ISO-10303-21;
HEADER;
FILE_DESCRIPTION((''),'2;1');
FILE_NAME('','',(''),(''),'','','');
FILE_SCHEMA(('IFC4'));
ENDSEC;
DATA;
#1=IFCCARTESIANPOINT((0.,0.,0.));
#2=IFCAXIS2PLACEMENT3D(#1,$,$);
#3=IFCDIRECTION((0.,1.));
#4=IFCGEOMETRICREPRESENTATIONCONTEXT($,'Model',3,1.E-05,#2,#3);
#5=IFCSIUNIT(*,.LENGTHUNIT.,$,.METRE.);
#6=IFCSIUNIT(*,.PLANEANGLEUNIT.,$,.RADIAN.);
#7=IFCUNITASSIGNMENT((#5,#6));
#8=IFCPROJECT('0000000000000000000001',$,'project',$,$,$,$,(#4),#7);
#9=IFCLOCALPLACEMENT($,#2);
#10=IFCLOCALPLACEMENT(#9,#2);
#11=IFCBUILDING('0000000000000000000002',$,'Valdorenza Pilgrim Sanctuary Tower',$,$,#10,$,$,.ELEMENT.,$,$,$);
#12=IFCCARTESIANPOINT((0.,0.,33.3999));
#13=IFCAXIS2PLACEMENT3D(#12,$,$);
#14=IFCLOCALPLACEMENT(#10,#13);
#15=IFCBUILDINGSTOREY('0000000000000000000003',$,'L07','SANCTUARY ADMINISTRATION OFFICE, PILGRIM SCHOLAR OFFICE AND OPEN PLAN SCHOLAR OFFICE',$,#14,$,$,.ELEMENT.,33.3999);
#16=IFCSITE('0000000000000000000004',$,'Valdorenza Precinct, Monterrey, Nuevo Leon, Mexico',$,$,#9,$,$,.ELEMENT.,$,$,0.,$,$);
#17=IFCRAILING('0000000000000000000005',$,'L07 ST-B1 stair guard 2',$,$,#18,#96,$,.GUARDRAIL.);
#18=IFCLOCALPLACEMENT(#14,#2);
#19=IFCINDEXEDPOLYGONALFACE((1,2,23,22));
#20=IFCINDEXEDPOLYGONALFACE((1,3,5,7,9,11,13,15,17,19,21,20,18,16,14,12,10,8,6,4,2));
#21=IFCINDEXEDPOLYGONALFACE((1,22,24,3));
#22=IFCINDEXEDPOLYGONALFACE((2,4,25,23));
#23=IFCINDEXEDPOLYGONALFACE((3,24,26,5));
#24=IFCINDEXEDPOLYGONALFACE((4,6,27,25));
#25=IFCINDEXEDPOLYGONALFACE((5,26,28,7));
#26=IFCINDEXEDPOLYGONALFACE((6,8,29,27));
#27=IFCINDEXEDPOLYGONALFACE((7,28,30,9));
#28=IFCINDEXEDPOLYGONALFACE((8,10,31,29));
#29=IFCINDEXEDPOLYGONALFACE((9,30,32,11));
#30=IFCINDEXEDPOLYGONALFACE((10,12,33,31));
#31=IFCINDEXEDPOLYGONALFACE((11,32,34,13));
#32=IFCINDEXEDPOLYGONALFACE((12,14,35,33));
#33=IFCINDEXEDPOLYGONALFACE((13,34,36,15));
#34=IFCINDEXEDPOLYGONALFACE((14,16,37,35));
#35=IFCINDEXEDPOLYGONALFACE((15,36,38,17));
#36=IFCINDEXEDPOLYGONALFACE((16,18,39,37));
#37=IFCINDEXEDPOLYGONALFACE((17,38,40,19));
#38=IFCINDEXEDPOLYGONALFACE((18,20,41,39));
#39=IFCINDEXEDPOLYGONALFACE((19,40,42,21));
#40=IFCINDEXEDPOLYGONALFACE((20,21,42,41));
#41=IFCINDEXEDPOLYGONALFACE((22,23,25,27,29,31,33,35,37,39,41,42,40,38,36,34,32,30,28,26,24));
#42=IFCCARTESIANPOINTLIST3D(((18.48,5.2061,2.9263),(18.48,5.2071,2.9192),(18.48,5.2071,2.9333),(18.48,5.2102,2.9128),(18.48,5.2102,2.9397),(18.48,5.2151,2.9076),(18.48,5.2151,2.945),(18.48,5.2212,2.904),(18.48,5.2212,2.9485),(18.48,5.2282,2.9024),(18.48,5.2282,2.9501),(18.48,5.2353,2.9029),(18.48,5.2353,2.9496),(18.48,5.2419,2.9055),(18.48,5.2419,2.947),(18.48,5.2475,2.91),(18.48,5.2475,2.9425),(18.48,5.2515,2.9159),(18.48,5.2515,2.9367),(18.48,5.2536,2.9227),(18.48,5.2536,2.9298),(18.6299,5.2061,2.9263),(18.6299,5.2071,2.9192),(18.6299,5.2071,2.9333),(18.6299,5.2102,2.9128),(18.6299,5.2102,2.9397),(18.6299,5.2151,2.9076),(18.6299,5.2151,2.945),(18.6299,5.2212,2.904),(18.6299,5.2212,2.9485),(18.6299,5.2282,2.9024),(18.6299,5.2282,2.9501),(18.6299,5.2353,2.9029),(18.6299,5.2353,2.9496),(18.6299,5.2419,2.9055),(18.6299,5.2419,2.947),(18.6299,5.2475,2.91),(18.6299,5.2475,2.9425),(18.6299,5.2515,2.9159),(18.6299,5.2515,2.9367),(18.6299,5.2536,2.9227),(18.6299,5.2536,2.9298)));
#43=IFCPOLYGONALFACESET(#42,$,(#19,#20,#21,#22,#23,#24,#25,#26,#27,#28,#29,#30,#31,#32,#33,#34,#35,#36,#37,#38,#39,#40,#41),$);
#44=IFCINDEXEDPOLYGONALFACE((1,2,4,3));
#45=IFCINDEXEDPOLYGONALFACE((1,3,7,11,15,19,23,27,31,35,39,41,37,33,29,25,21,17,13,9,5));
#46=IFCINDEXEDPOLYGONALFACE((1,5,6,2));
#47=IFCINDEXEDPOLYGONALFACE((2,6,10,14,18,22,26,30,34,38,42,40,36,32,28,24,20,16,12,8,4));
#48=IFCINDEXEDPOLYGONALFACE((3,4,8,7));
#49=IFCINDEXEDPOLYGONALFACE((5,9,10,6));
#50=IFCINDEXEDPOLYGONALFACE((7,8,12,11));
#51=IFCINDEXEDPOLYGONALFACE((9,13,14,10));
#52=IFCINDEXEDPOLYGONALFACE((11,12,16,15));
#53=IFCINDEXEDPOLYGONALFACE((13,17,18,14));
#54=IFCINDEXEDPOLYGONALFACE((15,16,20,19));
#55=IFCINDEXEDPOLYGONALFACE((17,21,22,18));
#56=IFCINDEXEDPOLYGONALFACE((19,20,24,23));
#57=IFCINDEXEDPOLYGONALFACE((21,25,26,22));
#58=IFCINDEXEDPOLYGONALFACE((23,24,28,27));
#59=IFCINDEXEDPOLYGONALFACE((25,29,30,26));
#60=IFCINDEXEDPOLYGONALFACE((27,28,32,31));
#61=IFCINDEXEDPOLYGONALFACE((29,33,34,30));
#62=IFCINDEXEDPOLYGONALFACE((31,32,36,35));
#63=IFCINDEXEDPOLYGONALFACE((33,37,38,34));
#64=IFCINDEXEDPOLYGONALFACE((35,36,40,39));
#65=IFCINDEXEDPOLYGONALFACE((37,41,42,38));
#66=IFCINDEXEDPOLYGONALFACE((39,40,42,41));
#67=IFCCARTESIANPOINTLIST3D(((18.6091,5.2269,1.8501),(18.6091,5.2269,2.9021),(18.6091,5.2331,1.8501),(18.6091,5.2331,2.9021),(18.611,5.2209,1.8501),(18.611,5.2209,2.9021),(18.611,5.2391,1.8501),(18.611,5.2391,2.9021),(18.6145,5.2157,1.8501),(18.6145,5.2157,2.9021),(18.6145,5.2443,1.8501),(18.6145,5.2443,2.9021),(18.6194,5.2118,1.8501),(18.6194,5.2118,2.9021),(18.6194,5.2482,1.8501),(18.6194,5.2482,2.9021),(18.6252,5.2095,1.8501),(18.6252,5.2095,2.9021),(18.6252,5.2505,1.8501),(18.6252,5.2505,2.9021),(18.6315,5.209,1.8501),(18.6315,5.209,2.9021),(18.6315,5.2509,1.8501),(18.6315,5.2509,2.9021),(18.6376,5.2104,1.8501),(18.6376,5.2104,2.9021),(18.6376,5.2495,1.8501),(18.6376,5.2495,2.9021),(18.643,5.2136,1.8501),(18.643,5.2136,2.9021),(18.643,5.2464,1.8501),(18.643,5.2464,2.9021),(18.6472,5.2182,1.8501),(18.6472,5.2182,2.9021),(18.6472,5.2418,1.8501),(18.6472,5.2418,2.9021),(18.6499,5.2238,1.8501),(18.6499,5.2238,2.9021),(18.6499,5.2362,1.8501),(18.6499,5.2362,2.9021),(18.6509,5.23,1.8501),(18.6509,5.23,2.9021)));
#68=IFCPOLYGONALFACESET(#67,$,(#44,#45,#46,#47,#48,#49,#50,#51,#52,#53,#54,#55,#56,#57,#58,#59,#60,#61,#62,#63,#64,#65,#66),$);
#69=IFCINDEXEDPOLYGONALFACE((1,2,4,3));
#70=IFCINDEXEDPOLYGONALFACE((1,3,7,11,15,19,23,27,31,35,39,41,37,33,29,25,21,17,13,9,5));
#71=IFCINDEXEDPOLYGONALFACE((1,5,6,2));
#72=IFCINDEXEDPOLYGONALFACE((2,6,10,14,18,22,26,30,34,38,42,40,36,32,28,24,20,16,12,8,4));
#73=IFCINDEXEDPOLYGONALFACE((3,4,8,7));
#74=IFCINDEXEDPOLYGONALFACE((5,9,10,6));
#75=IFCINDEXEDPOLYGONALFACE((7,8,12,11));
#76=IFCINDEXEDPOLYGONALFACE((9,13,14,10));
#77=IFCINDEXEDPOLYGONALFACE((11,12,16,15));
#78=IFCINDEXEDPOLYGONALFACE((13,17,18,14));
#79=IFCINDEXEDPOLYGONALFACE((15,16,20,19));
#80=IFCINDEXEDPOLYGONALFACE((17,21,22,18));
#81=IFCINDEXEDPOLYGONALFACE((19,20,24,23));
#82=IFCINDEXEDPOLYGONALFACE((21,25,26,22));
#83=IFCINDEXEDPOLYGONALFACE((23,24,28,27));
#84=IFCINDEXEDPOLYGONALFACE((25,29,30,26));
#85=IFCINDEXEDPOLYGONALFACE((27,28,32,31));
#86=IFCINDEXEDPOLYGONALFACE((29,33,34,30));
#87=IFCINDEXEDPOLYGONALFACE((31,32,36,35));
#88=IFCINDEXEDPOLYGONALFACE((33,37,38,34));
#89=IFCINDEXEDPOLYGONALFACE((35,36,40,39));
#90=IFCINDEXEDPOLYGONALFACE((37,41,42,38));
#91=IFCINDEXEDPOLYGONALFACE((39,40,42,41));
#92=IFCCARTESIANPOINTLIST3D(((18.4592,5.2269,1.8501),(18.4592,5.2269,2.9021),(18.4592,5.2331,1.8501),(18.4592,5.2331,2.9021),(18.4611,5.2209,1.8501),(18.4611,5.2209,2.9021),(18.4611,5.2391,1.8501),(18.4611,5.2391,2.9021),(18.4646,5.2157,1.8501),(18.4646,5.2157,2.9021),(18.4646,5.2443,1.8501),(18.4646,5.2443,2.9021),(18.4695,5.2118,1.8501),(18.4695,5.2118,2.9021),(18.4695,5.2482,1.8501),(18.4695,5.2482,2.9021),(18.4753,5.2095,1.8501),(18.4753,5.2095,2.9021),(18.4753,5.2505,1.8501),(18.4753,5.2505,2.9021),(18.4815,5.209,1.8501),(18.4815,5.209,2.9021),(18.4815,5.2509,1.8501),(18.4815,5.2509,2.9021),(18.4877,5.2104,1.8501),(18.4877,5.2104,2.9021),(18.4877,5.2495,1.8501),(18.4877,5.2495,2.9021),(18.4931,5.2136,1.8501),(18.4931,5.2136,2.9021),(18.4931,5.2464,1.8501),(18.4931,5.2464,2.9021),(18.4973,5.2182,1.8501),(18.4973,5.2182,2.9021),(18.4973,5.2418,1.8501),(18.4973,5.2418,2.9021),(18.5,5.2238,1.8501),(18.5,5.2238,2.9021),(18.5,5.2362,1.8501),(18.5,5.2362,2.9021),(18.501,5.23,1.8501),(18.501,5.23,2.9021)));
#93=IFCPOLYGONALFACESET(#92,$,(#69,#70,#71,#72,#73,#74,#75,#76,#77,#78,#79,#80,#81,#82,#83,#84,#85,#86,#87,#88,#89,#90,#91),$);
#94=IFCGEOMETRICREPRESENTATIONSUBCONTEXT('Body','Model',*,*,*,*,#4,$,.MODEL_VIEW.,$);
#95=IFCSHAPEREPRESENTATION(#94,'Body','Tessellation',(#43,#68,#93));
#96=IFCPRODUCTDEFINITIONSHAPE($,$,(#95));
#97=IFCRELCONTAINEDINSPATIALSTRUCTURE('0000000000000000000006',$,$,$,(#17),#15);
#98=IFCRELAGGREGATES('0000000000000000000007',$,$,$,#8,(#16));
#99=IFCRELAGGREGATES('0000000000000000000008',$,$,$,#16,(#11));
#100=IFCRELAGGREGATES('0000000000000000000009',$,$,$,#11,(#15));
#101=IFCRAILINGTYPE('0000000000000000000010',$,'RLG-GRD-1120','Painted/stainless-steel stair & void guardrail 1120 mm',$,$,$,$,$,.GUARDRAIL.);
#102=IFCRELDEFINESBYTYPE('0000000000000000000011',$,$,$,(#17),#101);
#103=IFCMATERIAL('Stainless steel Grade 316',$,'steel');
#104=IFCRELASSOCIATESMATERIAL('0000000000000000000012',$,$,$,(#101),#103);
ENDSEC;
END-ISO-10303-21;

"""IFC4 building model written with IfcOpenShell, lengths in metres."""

from ifc_helpers import new_model, si_unit, direction, frame, origin, origin_2d, place, context, subcontext, project, spatial, circle, extrude, material, type_object, element, save


model = new_model("IFC4")

# Units and contexts
model_context = context("Model", 3, precision=1e-05, world=origin(), true_north=direction((0.0, 1.0)))
body_context = subcontext(model_context, "Body", "Model", "MODEL_VIEW")
ifc_project = project(units=[si_unit("LENGTHUNIT", "METRE"), si_unit("PLANEANGLEUNIT", "RADIAN")], contexts=[model_context])

# Site, building, storey
site_placement = place(None, origin())
site = spatial("IfcSite", under=ifc_project, at=site_placement, Name="Valdorenza Precinct, Monterrey, Nuevo Leon, Mexico", CompositionType="ELEMENT", RefElevation=0.0)
building_placement = place(site_placement, origin())
building = spatial("IfcBuilding", under=site, at=building_placement, Name="Valdorenza Pilgrim Sanctuary Tower", CompositionType="ELEMENT")
storey_placement = place(building_placement, frame((0.0, 0.0, 33.3999)))
storey = spatial("IfcBuildingStorey", under=building, at=storey_placement, Name="L07", Description="SANCTUARY ADMINISTRATION OFFICE, PILGRIM SCHOLAR OFFICE AND OPEN PLAN SCHOLAR OFFICE", CompositionType="ELEMENT", Elevation=33.3999)

# Railing
ifc_material_1 = material(Name="Stainless steel Grade 316", Category="steel")
railing_type_1 = type_object("IfcRailingType", Name="RLG-GRD-1120", Description="Painted/stainless-steel stair & void guardrail 1120 mm", PredefinedType="GUARDRAIL", material=ifc_material_1)
railing_1_placement = place(storey_placement, frame((18.6299, 5.23, 1.8501)))
element("IfcRailing", 1, at=railing_1_placement, inside=storey, type_object=railing_type_1, Name="L07 ST-B1 stair guard 2", PredefinedType="GUARDRAIL", context=body_context, shape_type="SweptSolid", body=[
    extrude(circle(Radius=0.0239, at=origin_2d()), frame((0.0, 0.0, 1.0762), z_axis=(-1.0, 0.0, 0.0), x_axis=(0.0, -1.0, 0.0)), (0.0, 0.0, 1.0), 0.1499),
    extrude(circle(Radius=0.021, at=origin_2d()), origin(), (0.0, 0.0, 1.0), 1.052),
    extrude(circle(Radius=0.021, at=origin_2d()), frame((-0.1499, 0.0, 0.0)), (0.0, 0.0, 1.0), 1.052),
])

save(model, "model.ifc")
